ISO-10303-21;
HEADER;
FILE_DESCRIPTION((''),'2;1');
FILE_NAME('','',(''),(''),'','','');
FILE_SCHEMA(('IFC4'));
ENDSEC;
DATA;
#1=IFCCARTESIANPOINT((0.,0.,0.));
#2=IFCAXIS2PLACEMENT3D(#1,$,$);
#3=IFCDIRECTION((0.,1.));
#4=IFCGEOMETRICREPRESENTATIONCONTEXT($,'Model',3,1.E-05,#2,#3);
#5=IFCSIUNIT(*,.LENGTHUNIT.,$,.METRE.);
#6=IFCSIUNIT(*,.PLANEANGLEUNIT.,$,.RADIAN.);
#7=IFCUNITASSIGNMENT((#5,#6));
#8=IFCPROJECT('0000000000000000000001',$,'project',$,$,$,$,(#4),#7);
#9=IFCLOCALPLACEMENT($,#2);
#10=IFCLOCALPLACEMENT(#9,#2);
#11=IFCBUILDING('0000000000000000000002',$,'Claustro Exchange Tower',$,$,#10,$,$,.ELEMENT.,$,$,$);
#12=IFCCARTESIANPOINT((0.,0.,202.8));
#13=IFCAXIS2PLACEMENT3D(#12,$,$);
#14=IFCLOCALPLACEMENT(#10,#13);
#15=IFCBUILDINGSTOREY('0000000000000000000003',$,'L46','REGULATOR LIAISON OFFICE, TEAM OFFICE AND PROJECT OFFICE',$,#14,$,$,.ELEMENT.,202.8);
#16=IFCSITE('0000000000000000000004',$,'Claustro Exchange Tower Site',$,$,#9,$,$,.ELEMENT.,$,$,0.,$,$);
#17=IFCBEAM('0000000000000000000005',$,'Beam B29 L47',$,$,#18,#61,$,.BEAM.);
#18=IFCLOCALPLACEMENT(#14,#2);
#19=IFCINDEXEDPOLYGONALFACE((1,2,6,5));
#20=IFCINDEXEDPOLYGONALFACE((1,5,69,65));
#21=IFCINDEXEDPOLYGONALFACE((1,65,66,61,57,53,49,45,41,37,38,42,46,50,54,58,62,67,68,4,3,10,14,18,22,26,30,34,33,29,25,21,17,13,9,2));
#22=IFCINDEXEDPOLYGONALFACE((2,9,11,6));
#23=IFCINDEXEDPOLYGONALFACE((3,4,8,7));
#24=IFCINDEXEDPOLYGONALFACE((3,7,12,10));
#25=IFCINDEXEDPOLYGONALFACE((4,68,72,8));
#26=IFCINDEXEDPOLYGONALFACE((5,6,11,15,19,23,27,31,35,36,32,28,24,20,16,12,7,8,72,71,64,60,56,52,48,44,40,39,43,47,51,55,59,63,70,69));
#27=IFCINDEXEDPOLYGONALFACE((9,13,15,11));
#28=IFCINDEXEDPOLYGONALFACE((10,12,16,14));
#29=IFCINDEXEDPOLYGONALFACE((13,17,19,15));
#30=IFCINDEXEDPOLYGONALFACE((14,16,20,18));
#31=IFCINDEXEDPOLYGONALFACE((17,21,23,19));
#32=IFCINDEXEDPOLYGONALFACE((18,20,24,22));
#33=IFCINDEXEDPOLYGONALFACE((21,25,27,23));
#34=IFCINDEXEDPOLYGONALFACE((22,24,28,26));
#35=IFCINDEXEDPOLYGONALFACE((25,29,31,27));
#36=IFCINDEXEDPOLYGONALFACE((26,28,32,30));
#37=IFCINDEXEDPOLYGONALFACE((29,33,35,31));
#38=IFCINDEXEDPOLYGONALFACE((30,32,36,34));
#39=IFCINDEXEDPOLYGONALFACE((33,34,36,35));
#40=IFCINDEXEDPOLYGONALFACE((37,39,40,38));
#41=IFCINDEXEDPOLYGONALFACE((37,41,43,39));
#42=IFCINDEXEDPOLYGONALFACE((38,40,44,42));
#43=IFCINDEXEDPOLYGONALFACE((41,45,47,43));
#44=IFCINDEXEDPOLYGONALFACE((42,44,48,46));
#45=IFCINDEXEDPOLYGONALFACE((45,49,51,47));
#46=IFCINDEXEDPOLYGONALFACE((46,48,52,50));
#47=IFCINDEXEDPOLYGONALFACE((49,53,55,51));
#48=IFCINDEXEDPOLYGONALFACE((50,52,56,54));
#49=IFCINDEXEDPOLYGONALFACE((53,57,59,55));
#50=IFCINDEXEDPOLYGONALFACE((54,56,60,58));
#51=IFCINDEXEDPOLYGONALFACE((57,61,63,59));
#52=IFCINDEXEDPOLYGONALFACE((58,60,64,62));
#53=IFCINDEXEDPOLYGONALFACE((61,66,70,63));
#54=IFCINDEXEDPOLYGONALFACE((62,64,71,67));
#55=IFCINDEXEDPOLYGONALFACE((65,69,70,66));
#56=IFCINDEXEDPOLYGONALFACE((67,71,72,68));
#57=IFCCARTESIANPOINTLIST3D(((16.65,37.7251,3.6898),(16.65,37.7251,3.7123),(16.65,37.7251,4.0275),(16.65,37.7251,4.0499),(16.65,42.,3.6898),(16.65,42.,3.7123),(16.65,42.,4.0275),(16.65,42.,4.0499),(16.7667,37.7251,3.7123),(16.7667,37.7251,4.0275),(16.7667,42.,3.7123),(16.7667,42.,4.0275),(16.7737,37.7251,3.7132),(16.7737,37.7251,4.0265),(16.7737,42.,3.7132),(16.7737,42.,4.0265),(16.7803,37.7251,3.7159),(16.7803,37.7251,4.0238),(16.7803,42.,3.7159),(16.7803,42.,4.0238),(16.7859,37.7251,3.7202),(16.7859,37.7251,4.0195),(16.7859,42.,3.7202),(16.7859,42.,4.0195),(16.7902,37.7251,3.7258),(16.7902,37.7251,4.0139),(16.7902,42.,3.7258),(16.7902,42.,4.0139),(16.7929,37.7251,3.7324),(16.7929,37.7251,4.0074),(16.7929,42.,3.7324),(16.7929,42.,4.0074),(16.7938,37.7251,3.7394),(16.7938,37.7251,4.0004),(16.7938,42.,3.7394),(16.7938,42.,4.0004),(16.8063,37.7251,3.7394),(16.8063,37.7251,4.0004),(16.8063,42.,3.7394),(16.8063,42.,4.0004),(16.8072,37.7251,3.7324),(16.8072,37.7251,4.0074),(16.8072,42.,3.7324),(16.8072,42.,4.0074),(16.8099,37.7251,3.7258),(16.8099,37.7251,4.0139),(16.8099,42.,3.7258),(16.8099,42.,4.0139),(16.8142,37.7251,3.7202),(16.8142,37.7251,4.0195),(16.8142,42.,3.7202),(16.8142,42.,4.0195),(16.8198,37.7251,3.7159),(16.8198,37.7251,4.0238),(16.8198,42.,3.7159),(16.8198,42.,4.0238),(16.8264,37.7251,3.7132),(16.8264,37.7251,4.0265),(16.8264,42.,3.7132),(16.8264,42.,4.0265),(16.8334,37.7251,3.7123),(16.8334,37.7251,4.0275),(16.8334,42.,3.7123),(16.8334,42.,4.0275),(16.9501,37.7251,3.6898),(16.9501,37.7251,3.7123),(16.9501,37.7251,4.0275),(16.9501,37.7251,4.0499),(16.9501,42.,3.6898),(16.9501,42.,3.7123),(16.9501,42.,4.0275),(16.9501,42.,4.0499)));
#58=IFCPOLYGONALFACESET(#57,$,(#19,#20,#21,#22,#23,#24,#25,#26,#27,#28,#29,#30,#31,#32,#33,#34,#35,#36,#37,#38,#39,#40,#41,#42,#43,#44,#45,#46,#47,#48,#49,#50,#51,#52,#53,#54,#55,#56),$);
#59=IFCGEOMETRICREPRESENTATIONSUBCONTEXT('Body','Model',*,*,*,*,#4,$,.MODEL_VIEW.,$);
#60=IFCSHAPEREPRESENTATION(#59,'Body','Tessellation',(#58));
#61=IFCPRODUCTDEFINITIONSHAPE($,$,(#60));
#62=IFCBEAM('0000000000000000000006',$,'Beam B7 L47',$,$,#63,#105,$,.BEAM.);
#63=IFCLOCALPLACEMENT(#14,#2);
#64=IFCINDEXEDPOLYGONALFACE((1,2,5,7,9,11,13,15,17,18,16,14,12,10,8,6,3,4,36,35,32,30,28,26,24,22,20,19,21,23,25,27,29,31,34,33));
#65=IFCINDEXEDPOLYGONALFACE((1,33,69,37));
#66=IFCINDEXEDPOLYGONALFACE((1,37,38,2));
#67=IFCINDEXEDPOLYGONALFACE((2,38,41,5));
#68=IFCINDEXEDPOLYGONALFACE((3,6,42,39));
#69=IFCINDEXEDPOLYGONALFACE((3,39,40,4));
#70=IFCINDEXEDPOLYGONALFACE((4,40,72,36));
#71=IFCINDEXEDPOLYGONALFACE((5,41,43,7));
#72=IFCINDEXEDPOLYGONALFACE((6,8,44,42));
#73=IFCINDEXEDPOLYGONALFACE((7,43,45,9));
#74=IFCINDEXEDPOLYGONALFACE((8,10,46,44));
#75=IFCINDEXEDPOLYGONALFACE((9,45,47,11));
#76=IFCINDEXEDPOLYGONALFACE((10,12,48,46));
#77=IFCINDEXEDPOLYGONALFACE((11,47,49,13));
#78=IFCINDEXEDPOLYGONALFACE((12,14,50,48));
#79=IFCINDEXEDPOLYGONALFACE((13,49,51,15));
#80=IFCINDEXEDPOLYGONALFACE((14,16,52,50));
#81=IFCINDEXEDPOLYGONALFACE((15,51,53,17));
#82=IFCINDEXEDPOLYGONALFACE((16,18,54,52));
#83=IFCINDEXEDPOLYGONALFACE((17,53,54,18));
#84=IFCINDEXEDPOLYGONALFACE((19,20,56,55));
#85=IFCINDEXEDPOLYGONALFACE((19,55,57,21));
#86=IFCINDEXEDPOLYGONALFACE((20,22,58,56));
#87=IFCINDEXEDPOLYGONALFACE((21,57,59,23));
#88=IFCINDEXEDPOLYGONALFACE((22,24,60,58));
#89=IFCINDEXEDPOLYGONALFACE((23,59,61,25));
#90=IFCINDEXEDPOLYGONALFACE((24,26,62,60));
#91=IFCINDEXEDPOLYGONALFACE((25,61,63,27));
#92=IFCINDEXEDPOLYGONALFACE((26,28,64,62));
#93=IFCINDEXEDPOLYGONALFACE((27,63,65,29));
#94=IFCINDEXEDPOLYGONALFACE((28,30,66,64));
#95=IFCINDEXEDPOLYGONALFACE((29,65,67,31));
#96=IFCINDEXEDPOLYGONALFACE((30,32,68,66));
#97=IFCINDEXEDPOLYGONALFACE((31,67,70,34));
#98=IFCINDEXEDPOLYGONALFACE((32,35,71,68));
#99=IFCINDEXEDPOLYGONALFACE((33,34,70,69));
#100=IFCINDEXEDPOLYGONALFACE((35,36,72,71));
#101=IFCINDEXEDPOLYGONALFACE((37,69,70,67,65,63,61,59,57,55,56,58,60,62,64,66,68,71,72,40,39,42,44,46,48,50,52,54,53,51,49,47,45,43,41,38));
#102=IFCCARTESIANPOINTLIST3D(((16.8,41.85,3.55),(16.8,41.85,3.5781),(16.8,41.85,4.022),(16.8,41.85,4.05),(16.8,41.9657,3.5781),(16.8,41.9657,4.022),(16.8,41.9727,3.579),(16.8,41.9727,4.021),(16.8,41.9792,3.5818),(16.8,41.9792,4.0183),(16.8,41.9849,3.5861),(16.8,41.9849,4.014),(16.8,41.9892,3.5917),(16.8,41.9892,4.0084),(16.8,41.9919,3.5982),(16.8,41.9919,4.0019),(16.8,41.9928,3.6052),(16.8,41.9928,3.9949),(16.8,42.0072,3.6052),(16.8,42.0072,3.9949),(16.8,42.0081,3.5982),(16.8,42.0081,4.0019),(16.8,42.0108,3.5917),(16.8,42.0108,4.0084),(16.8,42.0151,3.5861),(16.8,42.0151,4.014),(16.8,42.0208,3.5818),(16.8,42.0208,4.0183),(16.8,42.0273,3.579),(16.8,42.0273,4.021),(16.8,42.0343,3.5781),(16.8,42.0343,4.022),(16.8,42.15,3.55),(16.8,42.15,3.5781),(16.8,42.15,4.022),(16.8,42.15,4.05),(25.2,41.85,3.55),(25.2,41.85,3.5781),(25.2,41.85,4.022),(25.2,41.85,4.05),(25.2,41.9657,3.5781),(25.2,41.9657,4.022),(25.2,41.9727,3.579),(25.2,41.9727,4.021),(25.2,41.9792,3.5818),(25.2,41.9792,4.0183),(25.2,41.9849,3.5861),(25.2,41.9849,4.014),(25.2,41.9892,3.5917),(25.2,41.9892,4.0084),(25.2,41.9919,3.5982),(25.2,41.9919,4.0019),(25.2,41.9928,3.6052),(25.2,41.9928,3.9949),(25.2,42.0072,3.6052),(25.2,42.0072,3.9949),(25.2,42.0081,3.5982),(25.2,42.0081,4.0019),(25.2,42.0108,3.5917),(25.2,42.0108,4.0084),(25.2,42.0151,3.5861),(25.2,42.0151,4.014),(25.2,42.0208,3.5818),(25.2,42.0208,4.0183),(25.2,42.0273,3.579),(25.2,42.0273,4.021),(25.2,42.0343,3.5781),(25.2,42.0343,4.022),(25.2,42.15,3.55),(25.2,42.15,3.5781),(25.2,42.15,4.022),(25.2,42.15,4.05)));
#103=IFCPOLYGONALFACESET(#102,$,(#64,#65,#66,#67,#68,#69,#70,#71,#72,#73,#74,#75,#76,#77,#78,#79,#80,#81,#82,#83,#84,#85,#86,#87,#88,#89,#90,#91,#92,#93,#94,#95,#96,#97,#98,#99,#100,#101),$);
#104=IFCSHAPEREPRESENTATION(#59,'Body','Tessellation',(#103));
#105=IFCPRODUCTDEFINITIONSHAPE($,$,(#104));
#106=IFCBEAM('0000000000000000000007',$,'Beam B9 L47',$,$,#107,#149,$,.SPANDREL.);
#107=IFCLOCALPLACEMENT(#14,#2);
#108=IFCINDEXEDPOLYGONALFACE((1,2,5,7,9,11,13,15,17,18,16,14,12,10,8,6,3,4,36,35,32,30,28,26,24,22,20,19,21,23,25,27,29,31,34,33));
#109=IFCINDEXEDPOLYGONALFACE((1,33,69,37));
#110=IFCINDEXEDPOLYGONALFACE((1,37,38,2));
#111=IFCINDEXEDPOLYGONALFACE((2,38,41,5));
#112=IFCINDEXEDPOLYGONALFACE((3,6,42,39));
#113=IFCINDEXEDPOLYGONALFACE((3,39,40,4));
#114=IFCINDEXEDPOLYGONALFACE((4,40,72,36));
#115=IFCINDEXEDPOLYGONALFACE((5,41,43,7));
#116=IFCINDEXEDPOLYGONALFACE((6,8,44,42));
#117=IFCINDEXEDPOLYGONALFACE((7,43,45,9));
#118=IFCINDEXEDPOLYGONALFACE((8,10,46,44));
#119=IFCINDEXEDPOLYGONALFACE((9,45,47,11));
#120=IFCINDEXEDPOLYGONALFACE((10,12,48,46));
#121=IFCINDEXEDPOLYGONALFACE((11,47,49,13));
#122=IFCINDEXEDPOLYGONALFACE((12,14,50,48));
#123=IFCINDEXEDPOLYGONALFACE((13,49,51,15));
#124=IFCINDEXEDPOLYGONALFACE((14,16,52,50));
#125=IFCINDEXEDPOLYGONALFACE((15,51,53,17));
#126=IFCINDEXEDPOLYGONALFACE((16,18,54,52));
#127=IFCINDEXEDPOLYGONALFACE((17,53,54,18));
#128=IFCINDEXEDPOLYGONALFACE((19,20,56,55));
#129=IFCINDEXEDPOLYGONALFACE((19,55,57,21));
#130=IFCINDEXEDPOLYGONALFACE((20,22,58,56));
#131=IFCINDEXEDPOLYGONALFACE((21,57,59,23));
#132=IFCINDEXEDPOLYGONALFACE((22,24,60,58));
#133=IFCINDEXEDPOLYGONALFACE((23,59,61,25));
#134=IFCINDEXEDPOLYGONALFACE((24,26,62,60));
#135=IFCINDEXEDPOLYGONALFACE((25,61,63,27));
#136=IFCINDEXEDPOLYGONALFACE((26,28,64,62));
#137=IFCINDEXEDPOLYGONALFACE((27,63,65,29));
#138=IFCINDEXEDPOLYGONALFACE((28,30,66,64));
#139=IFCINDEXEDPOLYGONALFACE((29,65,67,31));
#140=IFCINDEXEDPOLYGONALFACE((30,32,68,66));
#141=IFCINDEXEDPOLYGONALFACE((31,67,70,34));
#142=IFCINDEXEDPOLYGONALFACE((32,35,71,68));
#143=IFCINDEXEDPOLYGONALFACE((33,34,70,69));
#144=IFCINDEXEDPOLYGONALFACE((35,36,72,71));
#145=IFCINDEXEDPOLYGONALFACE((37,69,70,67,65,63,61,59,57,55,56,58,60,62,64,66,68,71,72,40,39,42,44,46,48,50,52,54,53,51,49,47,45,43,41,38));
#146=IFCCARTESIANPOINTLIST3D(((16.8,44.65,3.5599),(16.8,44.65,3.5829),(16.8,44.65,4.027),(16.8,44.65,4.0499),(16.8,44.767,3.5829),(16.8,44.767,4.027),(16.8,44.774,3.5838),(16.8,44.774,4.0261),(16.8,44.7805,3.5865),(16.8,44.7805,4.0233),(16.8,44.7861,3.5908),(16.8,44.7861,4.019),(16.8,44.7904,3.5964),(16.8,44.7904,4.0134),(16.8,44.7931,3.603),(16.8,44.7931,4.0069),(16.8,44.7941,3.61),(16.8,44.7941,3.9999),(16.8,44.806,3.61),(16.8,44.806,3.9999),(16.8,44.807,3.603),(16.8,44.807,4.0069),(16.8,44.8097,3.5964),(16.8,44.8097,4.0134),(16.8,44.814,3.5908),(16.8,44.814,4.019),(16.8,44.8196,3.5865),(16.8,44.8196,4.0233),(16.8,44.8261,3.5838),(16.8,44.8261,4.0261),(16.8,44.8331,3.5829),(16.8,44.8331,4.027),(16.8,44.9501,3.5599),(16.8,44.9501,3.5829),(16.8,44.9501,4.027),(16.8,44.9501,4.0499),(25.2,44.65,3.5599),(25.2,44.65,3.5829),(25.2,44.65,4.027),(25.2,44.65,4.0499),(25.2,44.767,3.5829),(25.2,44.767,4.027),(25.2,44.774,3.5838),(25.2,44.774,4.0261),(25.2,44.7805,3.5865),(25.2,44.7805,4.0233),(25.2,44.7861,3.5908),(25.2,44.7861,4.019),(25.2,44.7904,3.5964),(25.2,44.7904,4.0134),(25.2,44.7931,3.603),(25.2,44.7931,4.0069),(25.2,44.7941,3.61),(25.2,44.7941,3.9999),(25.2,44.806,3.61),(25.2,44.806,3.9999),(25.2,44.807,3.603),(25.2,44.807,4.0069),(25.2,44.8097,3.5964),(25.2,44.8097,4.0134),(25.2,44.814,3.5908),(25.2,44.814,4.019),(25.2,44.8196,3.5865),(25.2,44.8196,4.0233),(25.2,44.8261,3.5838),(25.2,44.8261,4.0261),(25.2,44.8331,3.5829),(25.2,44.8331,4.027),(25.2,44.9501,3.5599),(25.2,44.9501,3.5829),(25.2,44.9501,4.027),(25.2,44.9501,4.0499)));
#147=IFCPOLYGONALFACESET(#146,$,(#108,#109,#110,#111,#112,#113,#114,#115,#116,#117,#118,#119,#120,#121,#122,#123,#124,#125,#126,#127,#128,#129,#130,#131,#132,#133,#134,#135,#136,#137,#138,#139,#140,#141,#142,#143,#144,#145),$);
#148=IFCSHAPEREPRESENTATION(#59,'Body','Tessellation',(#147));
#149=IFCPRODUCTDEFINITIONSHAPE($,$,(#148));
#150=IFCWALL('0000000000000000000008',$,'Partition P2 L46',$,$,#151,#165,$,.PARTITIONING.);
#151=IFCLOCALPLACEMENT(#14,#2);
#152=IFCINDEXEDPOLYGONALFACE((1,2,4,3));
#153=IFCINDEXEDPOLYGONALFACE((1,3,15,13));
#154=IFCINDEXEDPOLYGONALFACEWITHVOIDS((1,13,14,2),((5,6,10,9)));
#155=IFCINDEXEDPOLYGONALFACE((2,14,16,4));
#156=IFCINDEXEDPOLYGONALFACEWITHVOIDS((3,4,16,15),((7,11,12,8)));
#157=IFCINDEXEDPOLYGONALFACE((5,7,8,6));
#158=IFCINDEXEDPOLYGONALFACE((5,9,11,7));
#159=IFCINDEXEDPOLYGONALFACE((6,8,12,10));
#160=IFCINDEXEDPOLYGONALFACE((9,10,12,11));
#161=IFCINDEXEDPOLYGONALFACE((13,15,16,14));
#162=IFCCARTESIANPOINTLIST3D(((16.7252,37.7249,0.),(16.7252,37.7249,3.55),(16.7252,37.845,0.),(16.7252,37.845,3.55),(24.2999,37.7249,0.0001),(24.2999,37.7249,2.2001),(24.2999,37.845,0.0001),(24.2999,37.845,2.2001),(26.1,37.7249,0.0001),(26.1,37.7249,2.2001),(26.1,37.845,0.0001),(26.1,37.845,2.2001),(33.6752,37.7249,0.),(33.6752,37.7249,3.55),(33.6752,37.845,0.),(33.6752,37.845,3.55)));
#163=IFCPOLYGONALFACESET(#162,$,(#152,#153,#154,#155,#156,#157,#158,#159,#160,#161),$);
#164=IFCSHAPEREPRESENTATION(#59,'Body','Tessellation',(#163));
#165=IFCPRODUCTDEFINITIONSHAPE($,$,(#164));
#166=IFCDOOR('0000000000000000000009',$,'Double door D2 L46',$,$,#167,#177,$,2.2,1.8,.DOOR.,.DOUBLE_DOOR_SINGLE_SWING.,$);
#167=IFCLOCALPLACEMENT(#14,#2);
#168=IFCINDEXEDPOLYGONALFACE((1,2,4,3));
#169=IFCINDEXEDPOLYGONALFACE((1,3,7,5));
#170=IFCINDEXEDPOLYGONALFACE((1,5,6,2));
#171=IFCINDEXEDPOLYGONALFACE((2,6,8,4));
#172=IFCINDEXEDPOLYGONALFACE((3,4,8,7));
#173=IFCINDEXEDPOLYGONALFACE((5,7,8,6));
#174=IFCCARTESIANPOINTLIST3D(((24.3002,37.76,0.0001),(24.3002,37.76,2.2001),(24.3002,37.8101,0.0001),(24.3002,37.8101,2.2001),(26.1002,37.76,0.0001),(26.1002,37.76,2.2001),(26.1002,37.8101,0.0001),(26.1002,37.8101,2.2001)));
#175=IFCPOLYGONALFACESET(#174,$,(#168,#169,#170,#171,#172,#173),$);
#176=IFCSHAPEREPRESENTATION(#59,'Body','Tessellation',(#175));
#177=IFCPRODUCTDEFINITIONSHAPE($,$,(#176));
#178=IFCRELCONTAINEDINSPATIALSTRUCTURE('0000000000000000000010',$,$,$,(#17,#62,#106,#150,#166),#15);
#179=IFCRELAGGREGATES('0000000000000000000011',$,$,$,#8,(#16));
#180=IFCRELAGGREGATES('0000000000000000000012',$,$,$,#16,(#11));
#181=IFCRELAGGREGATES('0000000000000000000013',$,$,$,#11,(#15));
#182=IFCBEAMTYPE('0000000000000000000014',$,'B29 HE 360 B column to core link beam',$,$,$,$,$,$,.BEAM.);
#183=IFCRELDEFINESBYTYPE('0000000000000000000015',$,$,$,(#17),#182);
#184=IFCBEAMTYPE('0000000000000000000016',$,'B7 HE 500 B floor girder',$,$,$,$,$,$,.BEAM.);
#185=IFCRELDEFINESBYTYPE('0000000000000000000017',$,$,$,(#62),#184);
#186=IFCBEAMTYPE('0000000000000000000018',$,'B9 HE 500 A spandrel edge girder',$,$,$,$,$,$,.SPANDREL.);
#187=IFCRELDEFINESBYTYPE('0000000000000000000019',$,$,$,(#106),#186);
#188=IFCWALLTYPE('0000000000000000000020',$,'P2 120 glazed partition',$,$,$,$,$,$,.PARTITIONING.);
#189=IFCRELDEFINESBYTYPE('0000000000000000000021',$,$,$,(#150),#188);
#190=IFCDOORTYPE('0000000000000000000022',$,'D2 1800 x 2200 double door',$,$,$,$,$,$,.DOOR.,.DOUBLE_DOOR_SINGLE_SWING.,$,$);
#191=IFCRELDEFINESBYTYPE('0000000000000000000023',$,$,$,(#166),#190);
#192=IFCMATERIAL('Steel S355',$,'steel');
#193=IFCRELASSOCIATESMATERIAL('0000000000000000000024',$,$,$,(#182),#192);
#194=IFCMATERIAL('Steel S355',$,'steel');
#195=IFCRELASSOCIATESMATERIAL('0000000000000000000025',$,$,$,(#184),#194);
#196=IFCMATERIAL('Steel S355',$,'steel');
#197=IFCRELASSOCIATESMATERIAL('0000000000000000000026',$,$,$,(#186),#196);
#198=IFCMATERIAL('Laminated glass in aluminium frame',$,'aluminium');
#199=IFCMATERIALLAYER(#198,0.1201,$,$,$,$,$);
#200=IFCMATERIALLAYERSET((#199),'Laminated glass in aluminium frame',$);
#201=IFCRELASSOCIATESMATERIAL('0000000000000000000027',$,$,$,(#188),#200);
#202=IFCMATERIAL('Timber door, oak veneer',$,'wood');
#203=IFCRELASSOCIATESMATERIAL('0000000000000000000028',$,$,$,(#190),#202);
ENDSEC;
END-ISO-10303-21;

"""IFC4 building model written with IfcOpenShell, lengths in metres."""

from ifc_helpers import new_model, si_unit, direction, frame, frame_2d, origin, origin_2d, place, context, subcontext, project, spatial, rectangle, i_section, extrude, material, layer, layer_set, material_profile, profile_set, type_object, element, fill, save


model = new_model("IFC4")

# Units and contexts
model_context = context("Model", 3, precision=1e-05, world=origin(), true_north=direction((0.0, 1.0)))
body_context = subcontext(model_context, "Body", "Model", "MODEL_VIEW")
ifc_project = project(units=[si_unit("LENGTHUNIT", "METRE"), si_unit("PLANEANGLEUNIT", "RADIAN")], contexts=[model_context])

# Site, building, storey
site_placement = place(None, origin())
site = spatial("IfcSite", under=ifc_project, at=site_placement, Name="Claustro Exchange Tower Site", CompositionType="ELEMENT", RefElevation=0.0)
building_placement = place(site_placement, origin())
building = spatial("IfcBuilding", under=site, at=building_placement, Name="Claustro Exchange Tower", CompositionType="ELEMENT")
storey_placement = place(building_placement, frame((0.0, 0.0, 202.8)))
storey = spatial("IfcBuildingStorey", under=building, at=storey_placement, Name="L46", Description="REGULATOR LIAISON OFFICE, TEAM OFFICE AND PROJECT OFFICE", CompositionType="ELEMENT", Elevation=202.8)

# Beams
ifc_material_1 = material(Name="Steel S355", Category="steel")
ifc_material_profile_1 = material_profile(ifc_material_1, i_section(OverallWidth=0.3, OverallDepth=0.3601, WebThickness=0.0125, FlangeThickness=0.0225, FilletRadius=0.0271, at=origin_2d()), Name="HE 360 B")
ifc_profile_set_1 = profile_set([ifc_material_profile_1], Name="Steel S355")
beam_type_1 = type_object("IfcBeamType", Name="B29 HE 360 B column to core link beam", PredefinedType="BEAM", material=ifc_profile_set_1)
beam_1_placement = place(storey_placement, frame((16.8, 37.7251, 3.8699), z_axis=(0.0, 1.0, 0.0), x_axis=(-1.0, 0.0, 0.0)))
element("IfcBeam", 1, at=beam_1_placement, inside=storey, type_object=beam_type_1, Name="Beam B29 L47", PredefinedType="BEAM", context=body_context, shape_type="SweptSolid", body=[
    extrude(i_section(OverallWidth=0.3, OverallDepth=0.3601, WebThickness=0.0125, FlangeThickness=0.0225, FilletRadius=0.0271, at=origin_2d()), origin(), (0.0, 0.0, 1.0), 4.2749),
])
ifc_material_2 = material(Name="Steel S355", Category="steel")
ifc_material_profile_2 = material_profile(ifc_material_2, i_section(OverallWidth=0.3, OverallDepth=0.5, WebThickness=0.0144, FlangeThickness=0.0281, FilletRadius=0.0271, at=origin_2d()), Name="HE 500 B")
ifc_profile_set_2 = profile_set([ifc_material_profile_2], Name="Steel S355")
beam_type_2 = type_object("IfcBeamType", Name="B7 HE 500 B floor girder", PredefinedType="BEAM", material=ifc_profile_set_2)
beam_2_placement = place(storey_placement, frame((16.8, 42.0, 3.8), z_axis=(1.0, 0.0, 0.0), x_axis=(0.0, 1.0, 0.0)))
element("IfcBeam", 2, at=beam_2_placement, inside=storey, type_object=beam_type_2, Name="Beam B7 L47", PredefinedType="BEAM", context=body_context, shape_type="SweptSolid", body=[
    extrude(i_section(OverallWidth=0.3, OverallDepth=0.5, WebThickness=0.0144, FlangeThickness=0.0281, FilletRadius=0.0271, at=origin_2d()), origin(), (0.0, 0.0, 1.0), 8.3999),
])
ifc_material_3 = material(Name="Steel S355", Category="steel")
ifc_material_profile_3 = material_profile(ifc_material_3, i_section(OverallWidth=0.3, OverallDepth=0.49, WebThickness=0.012, FlangeThickness=0.0229, FilletRadius=0.0271, at=origin_2d()), Name="HE 500 A")
ifc_profile_set_3 = profile_set([ifc_material_profile_3], Name="Steel S355")
beam_type_3 = type_object("IfcBeamType", Name="B9 HE 500 A spandrel edge girder", PredefinedType="SPANDREL", material=ifc_profile_set_3)
beam_3_placement = place(storey_placement, frame((16.8, 44.8, 3.8049), z_axis=(1.0, 0.0, 0.0), x_axis=(0.0, 1.0, 0.0)))
element("IfcBeam", 3, at=beam_3_placement, inside=storey, type_object=beam_type_3, Name="Beam B9 L47", PredefinedType="SPANDREL", context=body_context, shape_type="SweptSolid", body=[
    extrude(i_section(OverallWidth=0.3, OverallDepth=0.49, WebThickness=0.012, FlangeThickness=0.0229, FilletRadius=0.0271, at=origin_2d()), origin(), (0.0, 0.0, 1.0), 8.3999),
])

# Wall, opening, door
ifc_material_4 = material(Name="Laminated glass in aluminium frame", Category="aluminium")
ifc_layer_1 = layer(ifc_material_4, 0.1201)
ifc_layer_set_1 = layer_set([ifc_layer_1], Name="Laminated glass in aluminium frame")
wall_type_1 = type_object("IfcWallType", Name="P2 120 glazed partition", PredefinedType="PARTITIONING", material=ifc_layer_set_1)
wall_1_placement = place(storey_placement, frame((16.7251, 37.7849, 0.0), z_axis=(0.0, 0.0, 1.0), x_axis=(1.0, 0.0, 0.0)))
wall_1 = element("IfcWall", 4, at=wall_1_placement, inside=storey, type_object=wall_type_1, Name="Partition P2 L46", PredefinedType="PARTITIONING", context=body_context, shape_type="SweptSolid", body=[
    extrude(rectangle(XDim=16.95, YDim=0.1201, at=frame_2d((8.4751, 0.0))), origin(), (0.0, 0.0, 1.0), 3.55),
])
opening_1_placement = place(wall_1_placement, frame((7.575, 0.0, 0.0)))
opening_1 = element("IfcOpeningElement", 5, at=opening_1_placement, cuts=wall_1, PredefinedType="OPENING", context=body_context, shape_type="SweptSolid", body=[
    extrude(rectangle(XDim=1.8, YDim=2.2, at=frame_2d((0.8999, 1.1001))), frame((0.0, 0.0701, 0.0), z_axis=(0.0, -1.0, 0.0), x_axis=(1.0, 0.0, 0.0)), (0.0, 0.0, 1.0), 0.1401),
])
ifc_material_5 = material(Name="Timber door, oak veneer", Category="wood")
door_type = type_object("IfcDoorType", Name="D2 1800 x 2200 double door", OperationType="DOUBLE_DOOR_SINGLE_SWING", PredefinedType="DOOR", material=ifc_material_5)
door_placement = place(opening_1_placement, frame((1.8, 0.0, 0.0), z_axis=(0.0, 0.0, 1.0), x_axis=(-1.0, 0.0, 0.0)))
door = element("IfcDoor", 6, at=door_placement, inside=storey, type_object=door_type, Name="Double door D2 L46", OperationType="DOUBLE_DOOR_SINGLE_SWING", OverallHeight=2.2, OverallWidth=1.8, PredefinedType="DOOR", context=body_context, shape_type="SweptSolid", body=[
    extrude(rectangle(XDim=1.8, YDim=2.2, at=frame_2d((0.8999, 1.1001))), frame((0.0, 0.0249, 0.0), z_axis=(0.0, -1.0, 0.0), x_axis=(1.0, 0.0, 0.0)), (0.0, 0.0, 1.0), 0.05),
])
fill(opening_1, door)

save(model, "model.ifc")
